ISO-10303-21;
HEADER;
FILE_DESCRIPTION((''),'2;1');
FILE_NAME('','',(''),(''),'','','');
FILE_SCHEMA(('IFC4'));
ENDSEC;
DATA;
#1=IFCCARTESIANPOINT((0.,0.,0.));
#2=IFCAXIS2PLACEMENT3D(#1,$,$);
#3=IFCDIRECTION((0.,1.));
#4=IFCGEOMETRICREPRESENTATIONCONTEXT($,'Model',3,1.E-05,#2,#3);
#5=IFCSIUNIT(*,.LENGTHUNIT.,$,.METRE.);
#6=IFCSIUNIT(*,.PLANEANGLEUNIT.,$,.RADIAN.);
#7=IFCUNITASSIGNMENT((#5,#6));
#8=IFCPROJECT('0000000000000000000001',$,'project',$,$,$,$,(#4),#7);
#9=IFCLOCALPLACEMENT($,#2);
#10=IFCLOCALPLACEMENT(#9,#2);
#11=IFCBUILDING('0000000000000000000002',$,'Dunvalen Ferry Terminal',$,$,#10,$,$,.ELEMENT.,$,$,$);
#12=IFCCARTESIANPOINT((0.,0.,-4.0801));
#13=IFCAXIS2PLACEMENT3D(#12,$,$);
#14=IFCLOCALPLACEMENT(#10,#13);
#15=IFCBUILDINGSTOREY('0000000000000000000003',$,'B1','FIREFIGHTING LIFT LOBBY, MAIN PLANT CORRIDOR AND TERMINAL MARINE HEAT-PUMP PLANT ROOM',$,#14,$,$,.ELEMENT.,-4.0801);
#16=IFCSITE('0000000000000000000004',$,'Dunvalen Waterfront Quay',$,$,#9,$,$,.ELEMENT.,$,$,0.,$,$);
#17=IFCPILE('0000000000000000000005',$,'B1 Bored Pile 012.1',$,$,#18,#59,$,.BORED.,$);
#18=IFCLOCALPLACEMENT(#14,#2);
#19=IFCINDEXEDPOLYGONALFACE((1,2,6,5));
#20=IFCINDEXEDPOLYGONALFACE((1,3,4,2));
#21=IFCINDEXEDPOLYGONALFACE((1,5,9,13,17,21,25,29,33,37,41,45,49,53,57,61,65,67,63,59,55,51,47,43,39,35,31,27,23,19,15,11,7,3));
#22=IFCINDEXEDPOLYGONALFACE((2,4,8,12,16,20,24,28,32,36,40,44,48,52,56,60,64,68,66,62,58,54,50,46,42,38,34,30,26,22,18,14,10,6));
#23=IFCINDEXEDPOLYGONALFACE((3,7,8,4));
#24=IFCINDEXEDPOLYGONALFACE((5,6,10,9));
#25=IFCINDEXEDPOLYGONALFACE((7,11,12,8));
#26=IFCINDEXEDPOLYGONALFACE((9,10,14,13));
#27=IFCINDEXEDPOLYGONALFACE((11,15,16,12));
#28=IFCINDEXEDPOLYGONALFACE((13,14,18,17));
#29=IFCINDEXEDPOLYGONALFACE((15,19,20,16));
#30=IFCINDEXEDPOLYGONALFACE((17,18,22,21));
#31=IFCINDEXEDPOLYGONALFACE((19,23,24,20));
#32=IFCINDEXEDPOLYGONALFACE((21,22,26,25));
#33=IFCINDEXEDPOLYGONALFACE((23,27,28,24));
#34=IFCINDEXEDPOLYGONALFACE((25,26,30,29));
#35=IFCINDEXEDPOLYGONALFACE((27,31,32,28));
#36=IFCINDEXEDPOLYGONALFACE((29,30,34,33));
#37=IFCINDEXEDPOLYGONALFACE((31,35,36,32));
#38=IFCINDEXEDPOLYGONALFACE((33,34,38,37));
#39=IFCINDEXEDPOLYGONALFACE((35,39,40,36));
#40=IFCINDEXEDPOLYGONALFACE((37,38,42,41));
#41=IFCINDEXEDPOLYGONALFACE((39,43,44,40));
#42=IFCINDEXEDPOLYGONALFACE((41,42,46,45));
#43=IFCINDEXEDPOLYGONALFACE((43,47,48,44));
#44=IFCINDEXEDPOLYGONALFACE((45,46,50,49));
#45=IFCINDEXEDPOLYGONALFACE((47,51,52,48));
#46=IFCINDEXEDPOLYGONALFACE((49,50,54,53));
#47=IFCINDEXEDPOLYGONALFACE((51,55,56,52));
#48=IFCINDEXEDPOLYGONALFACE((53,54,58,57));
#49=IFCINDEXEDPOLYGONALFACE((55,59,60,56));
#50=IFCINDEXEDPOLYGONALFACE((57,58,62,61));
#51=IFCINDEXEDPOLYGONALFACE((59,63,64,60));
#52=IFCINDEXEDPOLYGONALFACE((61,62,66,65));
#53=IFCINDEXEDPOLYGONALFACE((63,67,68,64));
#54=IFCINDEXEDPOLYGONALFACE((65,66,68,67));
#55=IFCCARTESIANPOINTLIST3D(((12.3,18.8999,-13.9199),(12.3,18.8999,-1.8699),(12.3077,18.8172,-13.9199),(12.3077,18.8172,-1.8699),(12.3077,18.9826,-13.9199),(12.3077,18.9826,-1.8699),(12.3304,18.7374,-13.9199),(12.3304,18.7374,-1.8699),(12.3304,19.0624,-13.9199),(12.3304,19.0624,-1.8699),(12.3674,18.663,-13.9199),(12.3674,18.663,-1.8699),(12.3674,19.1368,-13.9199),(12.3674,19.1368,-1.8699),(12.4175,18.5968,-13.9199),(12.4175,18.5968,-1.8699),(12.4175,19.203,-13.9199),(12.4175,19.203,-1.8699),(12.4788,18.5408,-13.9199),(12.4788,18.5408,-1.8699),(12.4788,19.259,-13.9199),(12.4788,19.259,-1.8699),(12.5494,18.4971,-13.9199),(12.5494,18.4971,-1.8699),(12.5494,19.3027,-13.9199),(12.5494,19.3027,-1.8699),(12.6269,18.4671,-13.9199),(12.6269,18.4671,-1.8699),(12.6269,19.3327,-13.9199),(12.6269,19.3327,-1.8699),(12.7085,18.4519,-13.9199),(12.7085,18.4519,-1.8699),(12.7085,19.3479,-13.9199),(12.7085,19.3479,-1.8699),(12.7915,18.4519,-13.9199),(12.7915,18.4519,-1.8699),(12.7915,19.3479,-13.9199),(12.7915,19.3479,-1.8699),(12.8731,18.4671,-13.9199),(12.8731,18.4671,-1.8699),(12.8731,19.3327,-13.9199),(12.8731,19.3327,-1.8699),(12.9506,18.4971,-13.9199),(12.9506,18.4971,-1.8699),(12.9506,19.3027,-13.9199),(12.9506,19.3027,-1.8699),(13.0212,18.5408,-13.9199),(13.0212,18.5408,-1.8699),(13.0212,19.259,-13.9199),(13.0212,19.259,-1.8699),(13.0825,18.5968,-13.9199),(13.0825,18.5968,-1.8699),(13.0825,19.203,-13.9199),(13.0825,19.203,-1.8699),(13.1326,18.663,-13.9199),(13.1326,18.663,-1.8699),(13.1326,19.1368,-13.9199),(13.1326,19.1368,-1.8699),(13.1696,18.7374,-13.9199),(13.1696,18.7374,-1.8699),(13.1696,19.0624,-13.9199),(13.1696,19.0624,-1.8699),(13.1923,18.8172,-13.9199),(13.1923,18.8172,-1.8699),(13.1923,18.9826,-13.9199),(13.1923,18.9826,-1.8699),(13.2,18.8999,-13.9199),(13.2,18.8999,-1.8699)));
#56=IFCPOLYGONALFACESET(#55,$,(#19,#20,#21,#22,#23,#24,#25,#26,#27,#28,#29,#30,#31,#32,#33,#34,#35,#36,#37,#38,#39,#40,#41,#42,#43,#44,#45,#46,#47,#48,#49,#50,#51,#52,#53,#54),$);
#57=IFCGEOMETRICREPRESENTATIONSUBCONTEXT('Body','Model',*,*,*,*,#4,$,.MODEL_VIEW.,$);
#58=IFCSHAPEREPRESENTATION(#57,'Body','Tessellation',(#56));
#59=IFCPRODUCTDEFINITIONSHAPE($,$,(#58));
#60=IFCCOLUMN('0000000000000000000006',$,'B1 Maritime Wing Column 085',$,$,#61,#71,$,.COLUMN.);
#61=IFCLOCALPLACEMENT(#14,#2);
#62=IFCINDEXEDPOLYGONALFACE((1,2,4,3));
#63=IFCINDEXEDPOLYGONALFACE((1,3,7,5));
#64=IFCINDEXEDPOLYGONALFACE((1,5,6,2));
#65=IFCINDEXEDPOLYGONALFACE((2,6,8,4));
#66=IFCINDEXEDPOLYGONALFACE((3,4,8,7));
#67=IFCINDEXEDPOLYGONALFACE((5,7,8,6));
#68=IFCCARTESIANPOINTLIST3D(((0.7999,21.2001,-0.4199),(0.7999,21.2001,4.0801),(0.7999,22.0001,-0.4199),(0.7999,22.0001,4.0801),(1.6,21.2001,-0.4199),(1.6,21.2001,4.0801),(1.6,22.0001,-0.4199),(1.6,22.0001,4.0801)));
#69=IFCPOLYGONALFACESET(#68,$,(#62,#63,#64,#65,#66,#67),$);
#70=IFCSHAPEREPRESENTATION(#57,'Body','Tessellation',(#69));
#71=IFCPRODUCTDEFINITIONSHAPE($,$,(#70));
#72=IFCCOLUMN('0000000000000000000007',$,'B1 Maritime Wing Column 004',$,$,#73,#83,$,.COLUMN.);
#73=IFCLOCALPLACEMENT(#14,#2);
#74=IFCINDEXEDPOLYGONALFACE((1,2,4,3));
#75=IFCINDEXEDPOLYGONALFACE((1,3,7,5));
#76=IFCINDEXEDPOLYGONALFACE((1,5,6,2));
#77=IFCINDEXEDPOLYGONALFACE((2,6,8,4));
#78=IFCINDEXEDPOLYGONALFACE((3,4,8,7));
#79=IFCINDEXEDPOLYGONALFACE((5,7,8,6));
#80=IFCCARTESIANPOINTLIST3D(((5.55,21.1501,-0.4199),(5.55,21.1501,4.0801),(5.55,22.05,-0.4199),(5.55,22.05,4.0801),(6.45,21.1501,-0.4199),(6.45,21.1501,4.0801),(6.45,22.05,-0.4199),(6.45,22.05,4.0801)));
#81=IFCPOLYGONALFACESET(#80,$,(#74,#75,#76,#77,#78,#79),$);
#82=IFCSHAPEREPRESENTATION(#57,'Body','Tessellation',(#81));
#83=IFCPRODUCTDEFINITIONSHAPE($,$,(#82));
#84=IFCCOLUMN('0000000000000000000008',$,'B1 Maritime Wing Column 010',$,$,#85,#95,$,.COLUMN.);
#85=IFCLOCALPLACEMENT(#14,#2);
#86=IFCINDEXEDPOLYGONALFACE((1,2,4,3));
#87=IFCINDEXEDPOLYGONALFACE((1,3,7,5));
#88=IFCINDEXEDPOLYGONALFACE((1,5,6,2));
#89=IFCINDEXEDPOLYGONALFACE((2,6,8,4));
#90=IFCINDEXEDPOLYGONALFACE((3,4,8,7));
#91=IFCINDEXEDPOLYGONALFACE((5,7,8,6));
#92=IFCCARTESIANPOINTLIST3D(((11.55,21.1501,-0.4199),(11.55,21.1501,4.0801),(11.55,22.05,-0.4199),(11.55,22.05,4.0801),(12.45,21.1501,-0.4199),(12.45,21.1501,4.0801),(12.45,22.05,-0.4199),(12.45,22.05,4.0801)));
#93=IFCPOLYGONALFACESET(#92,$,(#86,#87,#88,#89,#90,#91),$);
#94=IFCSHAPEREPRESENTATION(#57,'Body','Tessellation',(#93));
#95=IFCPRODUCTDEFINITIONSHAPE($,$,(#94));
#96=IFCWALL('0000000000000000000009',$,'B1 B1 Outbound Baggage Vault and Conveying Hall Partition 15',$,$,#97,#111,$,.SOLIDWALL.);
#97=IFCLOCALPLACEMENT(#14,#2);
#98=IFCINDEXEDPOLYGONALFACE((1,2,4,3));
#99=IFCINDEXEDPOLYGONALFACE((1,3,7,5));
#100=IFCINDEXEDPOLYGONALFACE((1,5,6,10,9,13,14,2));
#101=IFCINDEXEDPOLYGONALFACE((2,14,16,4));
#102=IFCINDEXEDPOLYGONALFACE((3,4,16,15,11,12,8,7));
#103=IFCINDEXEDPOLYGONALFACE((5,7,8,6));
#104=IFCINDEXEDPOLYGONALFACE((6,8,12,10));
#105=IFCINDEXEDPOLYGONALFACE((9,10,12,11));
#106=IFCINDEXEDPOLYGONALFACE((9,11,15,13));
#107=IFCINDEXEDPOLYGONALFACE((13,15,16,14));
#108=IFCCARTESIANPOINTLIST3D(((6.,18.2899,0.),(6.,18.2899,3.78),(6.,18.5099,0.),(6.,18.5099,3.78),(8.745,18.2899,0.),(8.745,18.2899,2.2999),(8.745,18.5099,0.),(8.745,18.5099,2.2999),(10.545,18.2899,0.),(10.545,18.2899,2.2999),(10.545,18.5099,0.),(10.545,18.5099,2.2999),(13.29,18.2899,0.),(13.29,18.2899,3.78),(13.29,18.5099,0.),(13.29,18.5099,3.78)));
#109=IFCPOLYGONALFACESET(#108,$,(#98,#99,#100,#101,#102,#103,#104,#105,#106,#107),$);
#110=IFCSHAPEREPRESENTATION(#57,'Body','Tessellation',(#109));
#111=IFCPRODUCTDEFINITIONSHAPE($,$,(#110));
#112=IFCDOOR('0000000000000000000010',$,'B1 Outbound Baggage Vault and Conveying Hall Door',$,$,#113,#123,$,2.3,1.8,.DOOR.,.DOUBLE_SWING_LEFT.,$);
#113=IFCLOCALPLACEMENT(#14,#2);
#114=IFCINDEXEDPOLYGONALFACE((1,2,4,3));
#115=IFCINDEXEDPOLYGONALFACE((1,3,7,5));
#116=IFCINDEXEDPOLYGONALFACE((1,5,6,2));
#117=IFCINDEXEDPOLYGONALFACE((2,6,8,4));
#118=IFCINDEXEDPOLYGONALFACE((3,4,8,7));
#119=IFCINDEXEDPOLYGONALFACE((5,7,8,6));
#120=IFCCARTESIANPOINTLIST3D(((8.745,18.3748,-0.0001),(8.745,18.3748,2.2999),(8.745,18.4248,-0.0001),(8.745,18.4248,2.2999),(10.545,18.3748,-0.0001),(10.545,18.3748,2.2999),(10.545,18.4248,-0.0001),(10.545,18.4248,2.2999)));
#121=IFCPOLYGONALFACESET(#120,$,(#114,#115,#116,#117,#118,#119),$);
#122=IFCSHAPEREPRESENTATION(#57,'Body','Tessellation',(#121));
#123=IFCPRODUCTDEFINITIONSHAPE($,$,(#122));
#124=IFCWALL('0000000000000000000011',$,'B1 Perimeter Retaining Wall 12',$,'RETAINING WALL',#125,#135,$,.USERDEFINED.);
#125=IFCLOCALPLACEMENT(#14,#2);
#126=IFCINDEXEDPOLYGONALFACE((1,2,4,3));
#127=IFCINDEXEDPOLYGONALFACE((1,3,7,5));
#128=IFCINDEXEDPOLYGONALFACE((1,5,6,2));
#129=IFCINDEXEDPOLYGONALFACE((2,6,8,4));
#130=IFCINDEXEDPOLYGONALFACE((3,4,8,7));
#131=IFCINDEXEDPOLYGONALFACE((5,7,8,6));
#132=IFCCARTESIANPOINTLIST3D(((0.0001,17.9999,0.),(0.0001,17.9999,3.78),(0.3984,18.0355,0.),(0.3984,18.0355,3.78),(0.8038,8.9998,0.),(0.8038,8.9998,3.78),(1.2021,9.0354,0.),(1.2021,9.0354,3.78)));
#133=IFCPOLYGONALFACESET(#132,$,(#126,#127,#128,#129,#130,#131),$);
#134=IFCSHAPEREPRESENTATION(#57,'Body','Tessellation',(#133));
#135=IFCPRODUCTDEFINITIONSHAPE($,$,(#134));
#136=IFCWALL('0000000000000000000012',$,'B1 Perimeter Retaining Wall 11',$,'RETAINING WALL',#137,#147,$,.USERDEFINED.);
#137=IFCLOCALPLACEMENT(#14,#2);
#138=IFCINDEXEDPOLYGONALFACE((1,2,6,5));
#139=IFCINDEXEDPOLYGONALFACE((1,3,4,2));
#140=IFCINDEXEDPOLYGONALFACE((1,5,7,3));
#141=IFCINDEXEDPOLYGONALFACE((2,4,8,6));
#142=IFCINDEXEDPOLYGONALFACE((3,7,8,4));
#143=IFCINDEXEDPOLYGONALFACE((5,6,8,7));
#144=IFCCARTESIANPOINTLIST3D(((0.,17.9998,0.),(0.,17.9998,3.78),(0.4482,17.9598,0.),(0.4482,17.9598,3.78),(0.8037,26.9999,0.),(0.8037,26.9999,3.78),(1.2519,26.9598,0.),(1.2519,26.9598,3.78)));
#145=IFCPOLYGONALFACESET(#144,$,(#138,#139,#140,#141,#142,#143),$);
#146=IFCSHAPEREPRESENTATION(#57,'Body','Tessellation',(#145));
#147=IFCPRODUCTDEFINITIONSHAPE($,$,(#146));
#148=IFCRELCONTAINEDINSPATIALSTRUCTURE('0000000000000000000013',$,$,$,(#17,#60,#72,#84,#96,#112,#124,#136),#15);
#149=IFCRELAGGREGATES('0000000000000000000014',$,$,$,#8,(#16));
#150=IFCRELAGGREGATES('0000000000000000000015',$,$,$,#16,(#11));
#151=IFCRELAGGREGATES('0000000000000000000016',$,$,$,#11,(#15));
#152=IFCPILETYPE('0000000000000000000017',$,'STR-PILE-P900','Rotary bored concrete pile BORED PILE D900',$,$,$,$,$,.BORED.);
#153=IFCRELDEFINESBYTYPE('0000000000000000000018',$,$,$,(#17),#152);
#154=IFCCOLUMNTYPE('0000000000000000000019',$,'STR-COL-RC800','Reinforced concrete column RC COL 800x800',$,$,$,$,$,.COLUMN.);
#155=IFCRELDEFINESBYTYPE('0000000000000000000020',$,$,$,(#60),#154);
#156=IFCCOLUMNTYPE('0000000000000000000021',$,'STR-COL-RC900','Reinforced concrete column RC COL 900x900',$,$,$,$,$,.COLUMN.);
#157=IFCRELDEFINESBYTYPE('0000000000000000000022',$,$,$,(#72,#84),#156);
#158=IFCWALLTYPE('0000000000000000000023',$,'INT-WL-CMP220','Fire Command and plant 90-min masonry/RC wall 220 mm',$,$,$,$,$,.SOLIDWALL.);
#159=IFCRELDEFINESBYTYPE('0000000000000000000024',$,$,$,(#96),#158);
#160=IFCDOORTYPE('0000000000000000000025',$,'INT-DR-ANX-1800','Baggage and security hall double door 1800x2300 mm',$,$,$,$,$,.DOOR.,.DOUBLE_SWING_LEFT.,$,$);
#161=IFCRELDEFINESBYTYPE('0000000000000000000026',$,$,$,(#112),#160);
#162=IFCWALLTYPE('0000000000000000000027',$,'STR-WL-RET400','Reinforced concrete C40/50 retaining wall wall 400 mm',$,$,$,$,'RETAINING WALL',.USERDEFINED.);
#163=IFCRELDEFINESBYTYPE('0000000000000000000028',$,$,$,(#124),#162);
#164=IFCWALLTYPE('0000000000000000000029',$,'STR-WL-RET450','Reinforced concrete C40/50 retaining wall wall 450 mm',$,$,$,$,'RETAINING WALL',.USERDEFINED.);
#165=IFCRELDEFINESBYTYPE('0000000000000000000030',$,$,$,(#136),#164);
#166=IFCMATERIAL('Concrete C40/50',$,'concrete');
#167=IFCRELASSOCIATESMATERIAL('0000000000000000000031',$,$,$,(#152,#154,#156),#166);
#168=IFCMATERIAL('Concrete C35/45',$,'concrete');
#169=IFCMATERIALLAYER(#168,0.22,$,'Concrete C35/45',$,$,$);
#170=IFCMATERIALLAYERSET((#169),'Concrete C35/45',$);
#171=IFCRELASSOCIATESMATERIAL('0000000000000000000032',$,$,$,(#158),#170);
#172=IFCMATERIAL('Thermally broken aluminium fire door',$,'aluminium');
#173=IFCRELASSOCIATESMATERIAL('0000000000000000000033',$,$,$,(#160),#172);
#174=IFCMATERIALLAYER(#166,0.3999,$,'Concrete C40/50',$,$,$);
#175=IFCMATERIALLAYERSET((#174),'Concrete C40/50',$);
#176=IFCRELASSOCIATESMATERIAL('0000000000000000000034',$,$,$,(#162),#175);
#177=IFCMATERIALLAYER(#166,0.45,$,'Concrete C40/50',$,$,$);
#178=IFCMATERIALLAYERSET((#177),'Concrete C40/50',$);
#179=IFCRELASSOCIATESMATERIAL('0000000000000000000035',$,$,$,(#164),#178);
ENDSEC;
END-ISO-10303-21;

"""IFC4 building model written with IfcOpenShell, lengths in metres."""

from ifc_helpers import new_model, si_unit, direction, frame, frame_2d, origin, origin_2d, place, context, subcontext, project, spatial, rectangle, circle, extrude, material, layer, layer_set, material_profile, profile_set, type_object, element, fill, save


model = new_model("IFC4")

# Units and contexts
model_context = context("Model", 3, precision=1e-05, world=origin(), true_north=direction((0.0, 1.0)))
body_context = subcontext(model_context, "Body", "Model", "MODEL_VIEW")
ifc_project = project(units=[si_unit("LENGTHUNIT", "METRE"), si_unit("PLANEANGLEUNIT", "RADIAN")], contexts=[model_context])

# Site, building, storey
site_placement = place(None, origin())
site = spatial("IfcSite", under=ifc_project, at=site_placement, Name="Dunvalen Waterfront Quay", CompositionType="ELEMENT", RefElevation=0.0)
building_placement = place(site_placement, origin())
building = spatial("IfcBuilding", under=site, at=building_placement, Name="Dunvalen Ferry Terminal", CompositionType="ELEMENT")
storey_placement = place(building_placement, frame((0.0, 0.0, -4.0801)))
storey = spatial("IfcBuildingStorey", under=building, at=storey_placement, Name="B1", Description="FIREFIGHTING LIFT LOBBY, MAIN PLANT CORRIDOR AND TERMINAL MARINE HEAT-PUMP PLANT ROOM", CompositionType="ELEMENT", Elevation=-4.0801)

# Shared definitions
ifc_material_1 = material(Name="Concrete C40/50", Category="concrete")

# Pile
ifc_material_profile_1 = material_profile(ifc_material_1, circle(Radius=0.45, at=origin_2d()), Name="Concrete C40/50")
ifc_profile_set_1 = profile_set([ifc_material_profile_1], Name="Concrete C40/50")
pile_type_1 = type_object("IfcPileType", Name="STR-PILE-P900", Description="Rotary bored concrete pile BORED PILE D900", PredefinedType="BORED", material=ifc_profile_set_1)
pile_placement = place(storey_placement, frame((12.75, 18.8999, -1.8699), z_axis=(0.0, 0.0, -1.0), x_axis=(1.0, 0.0, 0.0)))
element("IfcPile", 1, at=pile_placement, inside=storey, type_object=pile_type_1, Name="B1 Bored Pile 012.1", PredefinedType="BORED", context=body_context, shape_type="SweptSolid", body=[
    extrude(circle(Radius=0.45, at=origin_2d()), origin(), (0.0, 0.0, 1.0), 12.05),
])

# Columns
ifc_material_profile_2 = material_profile(ifc_material_1, rectangle(XDim=0.8, YDim=0.8, at=origin_2d()), Name="Concrete C40/50")
ifc_profile_set_2 = profile_set([ifc_material_profile_2], Name="Concrete C40/50")
column_type_1 = type_object("IfcColumnType", Name="STR-COL-RC800", Description="Reinforced concrete column RC COL 800x800", PredefinedType="COLUMN", material=ifc_profile_set_2)
column_placement = place(storey_placement, frame((1.2, 21.6001, -0.4199), z_axis=(0.0, 0.0, 1.0), x_axis=(1.0, 0.0, 0.0)))
element("IfcColumn", 2, at=column_placement, inside=storey, type_object=column_type_1, Name="B1 Maritime Wing Column 085", PredefinedType="COLUMN", context=body_context, shape_type="SweptSolid", body=[
    extrude(rectangle(XDim=0.8, YDim=0.8, at=origin_2d()), origin(), (0.0, 0.0, 1.0), 4.5),
])
ifc_material_profile_3 = material_profile(ifc_material_1, rectangle(XDim=0.8999, YDim=0.8999, at=origin_2d()), Name="Concrete C40/50")
ifc_profile_set_3 = profile_set([ifc_material_profile_3], Name="Concrete C40/50")
column_type_2 = type_object("IfcColumnType", Name="STR-COL-RC900", Description="Reinforced concrete column RC COL 900x900", PredefinedType="COLUMN", material=ifc_profile_set_3)
for number, where, z_axis, x_axis, name in (
    (3, (6.0, 21.6001, -0.4199), (0.0, 0.0, 1.0), (1.0, 0.0, 0.0), "B1 Maritime Wing Column 004"),
    (4, (12.0, 21.6001, -0.4199), (0.0, 0.0, 1.0), (1.0, 0.0, 0.0), "B1 Maritime Wing Column 010"),
):
    element("IfcColumn", number, at=place(storey_placement, frame(where, z_axis=z_axis, x_axis=x_axis)), inside=storey, type_object=column_type_2, Name=name, PredefinedType="COLUMN", context=body_context, shape_type="SweptSolid", body=[
        extrude(rectangle(XDim=0.8999, YDim=0.8999, at=origin_2d()), origin(), (0.0, 0.0, 1.0), 4.5),
    ])

# Wall, opening, door
ifc_material_2 = material(Name="Concrete C35/45", Category="concrete")
ifc_layer_1 = layer(ifc_material_2, 0.22, Name="Concrete C35/45")
ifc_layer_set_1 = layer_set([ifc_layer_1], Name="Concrete C35/45")
wall_type_1 = type_object("IfcWallType", Name="INT-WL-CMP220", Description="Fire Command and plant 90-min masonry/RC wall 220 mm", PredefinedType="SOLIDWALL", material=ifc_layer_set_1)
wall_1_placement = place(storey_placement, frame((6.0, 18.3999, 0.0), z_axis=(0.0, 0.0, 1.0), x_axis=(1.0, 0.0, 0.0)))
wall_1 = element("IfcWall", 5, at=wall_1_placement, inside=storey, type_object=wall_type_1, Name="B1 B1 Outbound Baggage Vault and Conveying Hall Partition 15", PredefinedType="SOLIDWALL", context=body_context, shape_type="SweptSolid", body=[
    extrude(rectangle(XDim=7.29, YDim=0.22, at=frame_2d((3.645, 0.0))), origin(), (0.0, 0.0, 1.0), 3.78),
])
opening_placement = place(wall_1_placement, frame((2.7451, 0.0, 0.0)))
opening = element("IfcOpeningElement", 6, at=opening_placement, cuts=wall_1, PredefinedType="OPENING", context=body_context, shape_type="SweptSolid", body=[
    extrude(rectangle(XDim=1.8, YDim=2.3, at=frame_2d((0.8999, 1.1499))), frame((0.0, 0.1201, 0.0), z_axis=(0.0, -1.0, 0.0), x_axis=(1.0, 0.0, 0.0)), (0.0, 0.0, 1.0), 0.24),
])
ifc_material_3 = material(Name="Thermally broken aluminium fire door", Category="aluminium")
door_type = type_object("IfcDoorType", Name="INT-DR-ANX-1800", Description="Baggage and security hall double door 1800x2300 mm", OperationType="DOUBLE_SWING_LEFT", PredefinedType="DOOR", material=ifc_material_3)
door_placement = place(opening_placement, origin())
door = element("IfcDoor", 7, at=door_placement, inside=storey, type_object=door_type, Name="B1 Outbound Baggage Vault and Conveying Hall Door", OperationType="DOUBLE_SWING_LEFT", OverallHeight=2.3, OverallWidth=1.8, PredefinedType="DOOR", context=body_context, shape_type="SweptSolid", body=[
    extrude(rectangle(XDim=1.8, YDim=2.3, at=frame_2d((0.8999, 1.1499))), frame((0.0, 0.0249, 0.0), z_axis=(0.0, -1.0, 0.0), x_axis=(1.0, 0.0, 0.0)), (0.0, 0.0, 1.0), 0.05),
])
fill(opening, door)

# Walls
ifc_layer_2 = layer(ifc_material_1, 0.3999, Name="Concrete C40/50")
ifc_layer_set_2 = layer_set([ifc_layer_2], Name="Concrete C40/50")
wall_type_2 = type_object("IfcWallType", Name="STR-WL-RET400", Description="Reinforced concrete C40/50 retaining wall wall 400 mm", ElementType="RETAINING WALL", PredefinedType="USERDEFINED", material=ifc_layer_set_2)
wall_2_placement = place(storey_placement, frame((0.1992, 18.0178, 0.0), z_axis=(0.0, 0.0, 1.0), x_axis=(0.088947, -0.996036, 0.0)))
element("IfcWall", 8, at=wall_2_placement, inside=storey, type_object=wall_type_2, Name="B1 Perimeter Retaining Wall 12", ObjectType="RETAINING WALL", PredefinedType="USERDEFINED", context=body_context, shape_type="SweptSolid", body=[
    extrude(rectangle(XDim=9.0359, YDim=0.3999, at=frame_2d((4.5181, 0.0))), origin(), (0.0, 0.0, 1.0), 3.78),
])
ifc_layer_3 = layer(ifc_material_1, 0.45, Name="Concrete C40/50")
ifc_layer_set_3 = layer_set([ifc_layer_3], Name="Concrete C40/50")
wall_type_3 = type_object("IfcWallType", Name="STR-WL-RET450", Description="Reinforced concrete C40/50 retaining wall wall 450 mm", ElementType="RETAINING WALL", PredefinedType="USERDEFINED", material=ifc_layer_set_3)
wall_3_placement = place(storey_placement, frame((1.0278, 26.98, 0.0), z_axis=(0.0, 0.0, 1.0), x_axis=(-0.088947, -0.996036, 0.0)))
element("IfcWall", 9, at=wall_3_placement, inside=storey, type_object=wall_type_3, Name="B1 Perimeter Retaining Wall 11", ObjectType="RETAINING WALL", PredefinedType="USERDEFINED", context=body_context, shape_type="SweptSolid", body=[
    extrude(rectangle(XDim=9.0359, YDim=0.45, at=frame_2d((4.5181, 0.0))), origin(), (0.0, 0.0, 1.0), 3.78),
])

save(model, "model.ifc")
